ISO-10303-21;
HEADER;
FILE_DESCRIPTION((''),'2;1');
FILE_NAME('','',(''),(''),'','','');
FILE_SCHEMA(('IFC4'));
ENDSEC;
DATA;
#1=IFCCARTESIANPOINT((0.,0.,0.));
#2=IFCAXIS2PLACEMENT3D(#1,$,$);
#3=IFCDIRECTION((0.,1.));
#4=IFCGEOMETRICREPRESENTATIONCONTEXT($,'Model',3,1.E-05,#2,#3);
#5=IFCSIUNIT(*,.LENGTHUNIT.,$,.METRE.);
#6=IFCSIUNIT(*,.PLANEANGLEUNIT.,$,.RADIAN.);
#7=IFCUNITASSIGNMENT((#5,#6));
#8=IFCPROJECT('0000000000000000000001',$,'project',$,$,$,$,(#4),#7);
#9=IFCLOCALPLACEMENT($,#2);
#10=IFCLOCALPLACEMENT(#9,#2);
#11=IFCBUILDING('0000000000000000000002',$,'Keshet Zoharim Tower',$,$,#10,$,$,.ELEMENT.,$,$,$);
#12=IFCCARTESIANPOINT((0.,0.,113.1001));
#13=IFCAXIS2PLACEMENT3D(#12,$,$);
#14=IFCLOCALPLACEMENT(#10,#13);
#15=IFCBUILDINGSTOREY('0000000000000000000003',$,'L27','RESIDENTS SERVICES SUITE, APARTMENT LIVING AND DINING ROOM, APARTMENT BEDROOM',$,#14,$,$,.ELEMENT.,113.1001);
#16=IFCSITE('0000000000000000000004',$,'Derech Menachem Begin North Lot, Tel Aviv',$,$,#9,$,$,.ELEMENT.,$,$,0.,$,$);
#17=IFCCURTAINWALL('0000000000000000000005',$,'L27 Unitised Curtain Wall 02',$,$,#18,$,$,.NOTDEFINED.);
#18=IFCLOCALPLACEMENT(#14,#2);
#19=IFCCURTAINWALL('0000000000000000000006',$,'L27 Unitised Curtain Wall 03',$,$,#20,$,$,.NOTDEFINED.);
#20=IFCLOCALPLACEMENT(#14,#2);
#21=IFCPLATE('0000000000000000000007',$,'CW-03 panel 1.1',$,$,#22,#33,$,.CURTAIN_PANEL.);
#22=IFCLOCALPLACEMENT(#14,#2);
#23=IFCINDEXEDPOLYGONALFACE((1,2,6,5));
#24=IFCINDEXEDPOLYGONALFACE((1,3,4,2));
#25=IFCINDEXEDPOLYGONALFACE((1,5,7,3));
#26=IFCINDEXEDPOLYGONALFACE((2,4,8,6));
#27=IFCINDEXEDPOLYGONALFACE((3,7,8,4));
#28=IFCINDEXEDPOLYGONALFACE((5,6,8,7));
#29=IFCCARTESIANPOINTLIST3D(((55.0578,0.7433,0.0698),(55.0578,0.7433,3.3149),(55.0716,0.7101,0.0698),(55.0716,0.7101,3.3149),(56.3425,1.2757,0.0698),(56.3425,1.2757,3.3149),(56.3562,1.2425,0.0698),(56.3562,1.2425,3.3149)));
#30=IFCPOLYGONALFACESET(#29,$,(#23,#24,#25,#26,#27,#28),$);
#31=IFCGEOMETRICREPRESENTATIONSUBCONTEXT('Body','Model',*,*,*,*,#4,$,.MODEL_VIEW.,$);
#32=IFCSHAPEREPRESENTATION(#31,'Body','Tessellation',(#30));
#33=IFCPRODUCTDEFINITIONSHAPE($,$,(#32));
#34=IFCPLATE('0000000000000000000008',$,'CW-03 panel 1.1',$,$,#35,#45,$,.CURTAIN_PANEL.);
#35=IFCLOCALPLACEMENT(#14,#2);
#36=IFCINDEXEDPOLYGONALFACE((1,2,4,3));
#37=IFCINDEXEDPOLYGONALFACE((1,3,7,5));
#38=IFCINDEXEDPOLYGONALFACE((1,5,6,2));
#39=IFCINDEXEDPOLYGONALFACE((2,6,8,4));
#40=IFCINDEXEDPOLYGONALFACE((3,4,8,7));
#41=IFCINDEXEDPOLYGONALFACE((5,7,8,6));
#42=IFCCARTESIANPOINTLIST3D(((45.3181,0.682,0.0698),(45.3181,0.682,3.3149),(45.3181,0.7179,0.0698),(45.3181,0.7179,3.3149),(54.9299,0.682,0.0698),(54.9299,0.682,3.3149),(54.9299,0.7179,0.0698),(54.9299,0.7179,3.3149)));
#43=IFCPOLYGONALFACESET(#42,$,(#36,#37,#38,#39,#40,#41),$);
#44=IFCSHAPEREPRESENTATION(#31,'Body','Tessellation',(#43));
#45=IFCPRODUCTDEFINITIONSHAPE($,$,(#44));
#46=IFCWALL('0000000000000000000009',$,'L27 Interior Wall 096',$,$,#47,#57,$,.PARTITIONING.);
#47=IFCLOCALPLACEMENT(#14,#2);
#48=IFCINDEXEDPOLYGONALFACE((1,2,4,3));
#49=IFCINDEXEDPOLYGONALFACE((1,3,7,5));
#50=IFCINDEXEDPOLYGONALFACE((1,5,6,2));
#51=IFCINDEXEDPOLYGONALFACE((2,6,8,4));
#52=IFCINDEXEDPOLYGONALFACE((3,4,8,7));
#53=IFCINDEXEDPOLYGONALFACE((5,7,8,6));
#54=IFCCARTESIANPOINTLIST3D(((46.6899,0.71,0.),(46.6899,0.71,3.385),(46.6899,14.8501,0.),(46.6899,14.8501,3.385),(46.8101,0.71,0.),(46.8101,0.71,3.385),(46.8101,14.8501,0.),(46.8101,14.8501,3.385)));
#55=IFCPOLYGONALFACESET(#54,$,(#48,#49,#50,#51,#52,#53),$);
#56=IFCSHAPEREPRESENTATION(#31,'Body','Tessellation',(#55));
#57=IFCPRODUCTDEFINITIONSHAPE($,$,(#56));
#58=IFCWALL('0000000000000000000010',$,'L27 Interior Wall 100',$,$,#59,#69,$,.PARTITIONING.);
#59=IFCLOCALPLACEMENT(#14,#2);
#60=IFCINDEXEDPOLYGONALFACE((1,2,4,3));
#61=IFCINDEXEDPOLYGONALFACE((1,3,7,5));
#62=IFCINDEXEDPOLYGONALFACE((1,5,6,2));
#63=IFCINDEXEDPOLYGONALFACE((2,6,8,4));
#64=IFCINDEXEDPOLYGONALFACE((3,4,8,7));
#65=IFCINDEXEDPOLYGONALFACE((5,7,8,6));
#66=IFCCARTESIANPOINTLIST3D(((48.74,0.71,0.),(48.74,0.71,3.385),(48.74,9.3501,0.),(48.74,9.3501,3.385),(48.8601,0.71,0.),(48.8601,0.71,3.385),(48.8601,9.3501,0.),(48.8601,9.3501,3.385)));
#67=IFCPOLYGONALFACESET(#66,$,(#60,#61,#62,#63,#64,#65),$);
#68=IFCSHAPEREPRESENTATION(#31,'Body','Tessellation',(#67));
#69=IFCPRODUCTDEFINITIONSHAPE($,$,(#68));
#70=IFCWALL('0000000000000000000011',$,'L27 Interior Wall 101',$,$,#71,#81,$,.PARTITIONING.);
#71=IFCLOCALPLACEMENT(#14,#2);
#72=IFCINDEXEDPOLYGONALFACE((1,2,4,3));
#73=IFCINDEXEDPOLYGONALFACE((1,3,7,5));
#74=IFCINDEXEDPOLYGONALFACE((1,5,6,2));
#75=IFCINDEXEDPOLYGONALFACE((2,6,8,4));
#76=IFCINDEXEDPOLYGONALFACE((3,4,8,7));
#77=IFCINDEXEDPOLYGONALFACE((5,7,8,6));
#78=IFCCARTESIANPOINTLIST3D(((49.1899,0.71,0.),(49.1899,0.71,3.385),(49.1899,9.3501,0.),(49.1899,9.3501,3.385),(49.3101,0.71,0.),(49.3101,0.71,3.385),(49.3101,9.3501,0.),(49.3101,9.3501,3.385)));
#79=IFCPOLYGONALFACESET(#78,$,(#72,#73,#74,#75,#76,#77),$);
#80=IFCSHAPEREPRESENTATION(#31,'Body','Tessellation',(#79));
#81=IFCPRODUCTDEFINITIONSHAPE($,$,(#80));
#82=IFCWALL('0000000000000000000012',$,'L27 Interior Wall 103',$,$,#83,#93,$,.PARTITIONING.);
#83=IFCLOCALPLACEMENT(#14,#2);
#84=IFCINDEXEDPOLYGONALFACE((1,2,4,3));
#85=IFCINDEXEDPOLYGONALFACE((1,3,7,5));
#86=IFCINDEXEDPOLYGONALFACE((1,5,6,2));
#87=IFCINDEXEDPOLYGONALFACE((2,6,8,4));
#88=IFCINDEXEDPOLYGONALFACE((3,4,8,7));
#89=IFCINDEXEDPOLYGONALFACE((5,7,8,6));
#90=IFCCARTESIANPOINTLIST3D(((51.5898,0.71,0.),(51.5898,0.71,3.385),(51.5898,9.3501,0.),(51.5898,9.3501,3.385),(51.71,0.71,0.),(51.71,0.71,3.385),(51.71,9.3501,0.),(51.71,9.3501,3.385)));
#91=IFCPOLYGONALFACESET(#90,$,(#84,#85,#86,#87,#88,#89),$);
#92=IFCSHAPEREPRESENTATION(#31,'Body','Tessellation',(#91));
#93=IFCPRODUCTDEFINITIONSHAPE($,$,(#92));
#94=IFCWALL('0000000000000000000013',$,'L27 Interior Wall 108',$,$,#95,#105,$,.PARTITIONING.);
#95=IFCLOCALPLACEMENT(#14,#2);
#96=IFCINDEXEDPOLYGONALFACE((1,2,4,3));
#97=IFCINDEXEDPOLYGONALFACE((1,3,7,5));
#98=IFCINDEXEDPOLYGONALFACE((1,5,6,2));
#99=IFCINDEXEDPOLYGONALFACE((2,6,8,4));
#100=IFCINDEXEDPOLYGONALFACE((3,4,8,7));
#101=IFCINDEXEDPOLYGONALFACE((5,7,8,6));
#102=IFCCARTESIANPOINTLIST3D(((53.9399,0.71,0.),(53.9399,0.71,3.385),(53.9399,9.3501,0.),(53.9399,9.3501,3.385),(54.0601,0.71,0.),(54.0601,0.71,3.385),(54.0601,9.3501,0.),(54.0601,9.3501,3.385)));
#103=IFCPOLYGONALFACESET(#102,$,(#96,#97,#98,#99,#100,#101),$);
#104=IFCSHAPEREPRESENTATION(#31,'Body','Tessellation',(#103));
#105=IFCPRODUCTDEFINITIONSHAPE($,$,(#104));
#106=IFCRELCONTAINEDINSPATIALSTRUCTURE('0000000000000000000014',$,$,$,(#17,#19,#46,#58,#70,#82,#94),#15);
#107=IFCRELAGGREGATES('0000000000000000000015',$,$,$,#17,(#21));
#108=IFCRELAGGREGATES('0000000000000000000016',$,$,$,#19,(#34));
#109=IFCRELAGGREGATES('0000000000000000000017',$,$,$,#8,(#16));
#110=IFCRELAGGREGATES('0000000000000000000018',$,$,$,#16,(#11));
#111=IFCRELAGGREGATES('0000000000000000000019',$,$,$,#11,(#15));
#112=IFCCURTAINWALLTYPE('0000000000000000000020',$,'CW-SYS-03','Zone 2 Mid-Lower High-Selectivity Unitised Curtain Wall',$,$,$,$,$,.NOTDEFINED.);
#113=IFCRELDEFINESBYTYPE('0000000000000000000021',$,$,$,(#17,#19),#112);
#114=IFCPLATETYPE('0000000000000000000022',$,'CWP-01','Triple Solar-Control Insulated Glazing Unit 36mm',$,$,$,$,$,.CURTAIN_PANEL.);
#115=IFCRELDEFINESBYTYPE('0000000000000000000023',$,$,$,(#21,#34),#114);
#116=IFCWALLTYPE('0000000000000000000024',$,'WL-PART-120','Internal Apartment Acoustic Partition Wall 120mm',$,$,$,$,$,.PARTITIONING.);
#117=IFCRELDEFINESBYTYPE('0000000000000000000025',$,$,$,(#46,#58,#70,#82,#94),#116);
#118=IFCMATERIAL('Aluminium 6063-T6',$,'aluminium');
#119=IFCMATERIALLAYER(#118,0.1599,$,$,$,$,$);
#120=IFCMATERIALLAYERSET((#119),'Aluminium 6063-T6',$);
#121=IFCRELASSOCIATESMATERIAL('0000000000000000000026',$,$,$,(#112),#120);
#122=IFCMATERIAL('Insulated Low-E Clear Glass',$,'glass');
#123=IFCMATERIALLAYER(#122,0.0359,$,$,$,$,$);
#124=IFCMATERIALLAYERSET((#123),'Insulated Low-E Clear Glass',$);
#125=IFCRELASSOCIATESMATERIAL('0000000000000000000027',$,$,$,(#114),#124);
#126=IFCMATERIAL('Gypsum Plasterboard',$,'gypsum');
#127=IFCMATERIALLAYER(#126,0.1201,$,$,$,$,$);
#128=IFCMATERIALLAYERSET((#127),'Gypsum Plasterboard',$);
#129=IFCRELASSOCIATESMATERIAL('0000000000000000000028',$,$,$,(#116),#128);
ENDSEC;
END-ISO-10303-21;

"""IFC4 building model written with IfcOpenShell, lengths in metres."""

from ifc_helpers import new_model, si_unit, direction, frame, frame_2d, origin, origin_2d, place, context, subcontext, project, spatial, rectangle, extrude, material, layer, layer_set, type_object, element, aggregate, save


model = new_model("IFC4")

# Units and contexts
model_context = context("Model", 3, precision=1e-05, world=origin(), true_north=direction((0.0, 1.0)))
body_context = subcontext(model_context, "Body", "Model", "MODEL_VIEW")
ifc_project = project(units=[si_unit("LENGTHUNIT", "METRE"), si_unit("PLANEANGLEUNIT", "RADIAN")], contexts=[model_context])

# Site, building, storey
site_placement = place(None, origin())
site = spatial("IfcSite", under=ifc_project, at=site_placement, Name="Derech Menachem Begin North Lot, Tel Aviv", CompositionType="ELEMENT", RefElevation=0.0)
building_placement = place(site_placement, origin())
building = spatial("IfcBuilding", under=site, at=building_placement, Name="Keshet Zoharim Tower", CompositionType="ELEMENT")
storey_placement = place(building_placement, frame((0.0, 0.0, 113.1001)))
storey = spatial("IfcBuildingStorey", under=building, at=storey_placement, Name="L27", Description="RESIDENTS SERVICES SUITE, APARTMENT LIVING AND DINING ROOM, APARTMENT BEDROOM", CompositionType="ELEMENT", Elevation=113.1001)

# Curtain walls
ifc_material_1 = material(Name="Aluminium 6063-T6", Category="aluminium")
ifc_layer_1 = layer(ifc_material_1, 0.1599)
ifc_layer_set_1 = layer_set([ifc_layer_1], Name="Aluminium 6063-T6")
curtain_wall_type = type_object("IfcCurtainWallType", Name="CW-SYS-03", Description="Zone 2 Mid-Lower High-Selectivity Unitised Curtain Wall", PredefinedType="NOTDEFINED", material=ifc_layer_set_1)
curtain_wall_1_placement = place(storey_placement, origin())
curtain_wall_1 = element("IfcCurtainWall", 1, at=curtain_wall_1_placement, inside=storey, type_object=curtain_wall_type, Name="L27 Unitised Curtain Wall 02", PredefinedType="NOTDEFINED")
curtain_wall_2_placement = place(storey_placement, origin())
curtain_wall_2 = element("IfcCurtainWall", 2, at=curtain_wall_2_placement, inside=storey, type_object=curtain_wall_type, Name="L27 Unitised Curtain Wall 03", PredefinedType="NOTDEFINED")

# Plates
ifc_material_2 = material(Name="Insulated Low-E Clear Glass", Category="glass")
ifc_layer_2 = layer(ifc_material_2, 0.0359)
ifc_layer_set_2 = layer_set([ifc_layer_2], Name="Insulated Low-E Clear Glass")
plate_type = type_object("IfcPlateType", Name="CWP-01", Description="Triple Solar-Control Insulated Glazing Unit 36mm", PredefinedType="CURTAIN_PANEL", material=ifc_layer_set_2)
plate_1_placement = place(storey_placement, frame((55.707, 0.9929, 0.0698), z_axis=(0.0, 0.0, 1.0), x_axis=(-0.92381, -0.382852, 0.0)))
plate_1 = element("IfcPlate", 3, at=plate_1_placement, type_object=plate_type, Name="CW-03 panel 1.1", PredefinedType="CURTAIN_PANEL", context=body_context, shape_type="SweptSolid", body=[
    extrude(rectangle(XDim=1.3906, YDim=0.0359, at=origin_2d()), origin(), (0.0, 0.0, 1.0), 3.2451),
])
aggregate(curtain_wall_1, [plate_1])
plate_2_placement = place(storey_placement, frame((50.124, 0.7, 0.0698), z_axis=(0.0, 0.0, 1.0), x_axis=(-1.0, 0.0, 0.0)))
plate_2 = element("IfcPlate", 4, at=plate_2_placement, type_object=plate_type, Name="CW-03 panel 1.1", PredefinedType="CURTAIN_PANEL", context=body_context, shape_type="SweptSolid", body=[
    extrude(rectangle(XDim=9.6118, YDim=0.0359, at=origin_2d()), origin(), (0.0, 0.0, 1.0), 3.2451),
])
aggregate(curtain_wall_2, [plate_2])

# Walls
ifc_material_3 = material(Name="Gypsum Plasterboard", Category="gypsum")
ifc_layer_3 = layer(ifc_material_3, 0.1201)
ifc_layer_set_3 = layer_set([ifc_layer_3], Name="Gypsum Plasterboard")
wall_type = type_object("IfcWallType", Name="WL-PART-120", Description="Internal Apartment Acoustic Partition Wall 120mm", PredefinedType="PARTITIONING", material=ifc_layer_set_3)
wall_placement = place(storey_placement, frame((46.75, 0.71, 0.0), z_axis=(0.0, 0.0, 1.0), x_axis=(0.0, 1.0, 0.0)))
element("IfcWall", 5, at=wall_placement, inside=storey, type_object=wall_type, Name="L27 Interior Wall 096", PredefinedType="PARTITIONING", context=body_context, shape_type="SweptSolid", body=[
    extrude(rectangle(XDim=14.1401, YDim=0.1201, at=frame_2d((7.0701, 0.0))), origin(), (0.0, 0.0, 1.0), 3.385),
])
for number, where, z_axis, x_axis, name in (
    (6, (48.8, 0.71, 0.0), (0.0, 0.0, 1.0), (0.0, 1.0, 0.0), "L27 Interior Wall 100"),
    (7, (49.25, 0.71, 0.0), (0.0, 0.0, 1.0), (0.0, 1.0, 0.0), "L27 Interior Wall 101"),
    (8, (51.6499, 0.71, 0.0), (0.0, 0.0, 1.0), (0.0, 1.0, 0.0), "L27 Interior Wall 103"),
    (9, (54.0, 0.71, 0.0), (0.0, 0.0, 1.0), (0.0, 1.0, 0.0), "L27 Interior Wall 108"),
):
    element("IfcWall", number, at=place(storey_placement, frame(where, z_axis=z_axis, x_axis=x_axis)), inside=storey, type_object=wall_type, Name=name, PredefinedType="PARTITIONING", context=body_context, shape_type="SweptSolid", body=[
        extrude(rectangle(XDim=8.6401, YDim=0.1201, at=frame_2d((4.3201, 0.0))), origin(), (0.0, 0.0, 1.0), 3.385),
    ])

save(model, "model.ifc")
